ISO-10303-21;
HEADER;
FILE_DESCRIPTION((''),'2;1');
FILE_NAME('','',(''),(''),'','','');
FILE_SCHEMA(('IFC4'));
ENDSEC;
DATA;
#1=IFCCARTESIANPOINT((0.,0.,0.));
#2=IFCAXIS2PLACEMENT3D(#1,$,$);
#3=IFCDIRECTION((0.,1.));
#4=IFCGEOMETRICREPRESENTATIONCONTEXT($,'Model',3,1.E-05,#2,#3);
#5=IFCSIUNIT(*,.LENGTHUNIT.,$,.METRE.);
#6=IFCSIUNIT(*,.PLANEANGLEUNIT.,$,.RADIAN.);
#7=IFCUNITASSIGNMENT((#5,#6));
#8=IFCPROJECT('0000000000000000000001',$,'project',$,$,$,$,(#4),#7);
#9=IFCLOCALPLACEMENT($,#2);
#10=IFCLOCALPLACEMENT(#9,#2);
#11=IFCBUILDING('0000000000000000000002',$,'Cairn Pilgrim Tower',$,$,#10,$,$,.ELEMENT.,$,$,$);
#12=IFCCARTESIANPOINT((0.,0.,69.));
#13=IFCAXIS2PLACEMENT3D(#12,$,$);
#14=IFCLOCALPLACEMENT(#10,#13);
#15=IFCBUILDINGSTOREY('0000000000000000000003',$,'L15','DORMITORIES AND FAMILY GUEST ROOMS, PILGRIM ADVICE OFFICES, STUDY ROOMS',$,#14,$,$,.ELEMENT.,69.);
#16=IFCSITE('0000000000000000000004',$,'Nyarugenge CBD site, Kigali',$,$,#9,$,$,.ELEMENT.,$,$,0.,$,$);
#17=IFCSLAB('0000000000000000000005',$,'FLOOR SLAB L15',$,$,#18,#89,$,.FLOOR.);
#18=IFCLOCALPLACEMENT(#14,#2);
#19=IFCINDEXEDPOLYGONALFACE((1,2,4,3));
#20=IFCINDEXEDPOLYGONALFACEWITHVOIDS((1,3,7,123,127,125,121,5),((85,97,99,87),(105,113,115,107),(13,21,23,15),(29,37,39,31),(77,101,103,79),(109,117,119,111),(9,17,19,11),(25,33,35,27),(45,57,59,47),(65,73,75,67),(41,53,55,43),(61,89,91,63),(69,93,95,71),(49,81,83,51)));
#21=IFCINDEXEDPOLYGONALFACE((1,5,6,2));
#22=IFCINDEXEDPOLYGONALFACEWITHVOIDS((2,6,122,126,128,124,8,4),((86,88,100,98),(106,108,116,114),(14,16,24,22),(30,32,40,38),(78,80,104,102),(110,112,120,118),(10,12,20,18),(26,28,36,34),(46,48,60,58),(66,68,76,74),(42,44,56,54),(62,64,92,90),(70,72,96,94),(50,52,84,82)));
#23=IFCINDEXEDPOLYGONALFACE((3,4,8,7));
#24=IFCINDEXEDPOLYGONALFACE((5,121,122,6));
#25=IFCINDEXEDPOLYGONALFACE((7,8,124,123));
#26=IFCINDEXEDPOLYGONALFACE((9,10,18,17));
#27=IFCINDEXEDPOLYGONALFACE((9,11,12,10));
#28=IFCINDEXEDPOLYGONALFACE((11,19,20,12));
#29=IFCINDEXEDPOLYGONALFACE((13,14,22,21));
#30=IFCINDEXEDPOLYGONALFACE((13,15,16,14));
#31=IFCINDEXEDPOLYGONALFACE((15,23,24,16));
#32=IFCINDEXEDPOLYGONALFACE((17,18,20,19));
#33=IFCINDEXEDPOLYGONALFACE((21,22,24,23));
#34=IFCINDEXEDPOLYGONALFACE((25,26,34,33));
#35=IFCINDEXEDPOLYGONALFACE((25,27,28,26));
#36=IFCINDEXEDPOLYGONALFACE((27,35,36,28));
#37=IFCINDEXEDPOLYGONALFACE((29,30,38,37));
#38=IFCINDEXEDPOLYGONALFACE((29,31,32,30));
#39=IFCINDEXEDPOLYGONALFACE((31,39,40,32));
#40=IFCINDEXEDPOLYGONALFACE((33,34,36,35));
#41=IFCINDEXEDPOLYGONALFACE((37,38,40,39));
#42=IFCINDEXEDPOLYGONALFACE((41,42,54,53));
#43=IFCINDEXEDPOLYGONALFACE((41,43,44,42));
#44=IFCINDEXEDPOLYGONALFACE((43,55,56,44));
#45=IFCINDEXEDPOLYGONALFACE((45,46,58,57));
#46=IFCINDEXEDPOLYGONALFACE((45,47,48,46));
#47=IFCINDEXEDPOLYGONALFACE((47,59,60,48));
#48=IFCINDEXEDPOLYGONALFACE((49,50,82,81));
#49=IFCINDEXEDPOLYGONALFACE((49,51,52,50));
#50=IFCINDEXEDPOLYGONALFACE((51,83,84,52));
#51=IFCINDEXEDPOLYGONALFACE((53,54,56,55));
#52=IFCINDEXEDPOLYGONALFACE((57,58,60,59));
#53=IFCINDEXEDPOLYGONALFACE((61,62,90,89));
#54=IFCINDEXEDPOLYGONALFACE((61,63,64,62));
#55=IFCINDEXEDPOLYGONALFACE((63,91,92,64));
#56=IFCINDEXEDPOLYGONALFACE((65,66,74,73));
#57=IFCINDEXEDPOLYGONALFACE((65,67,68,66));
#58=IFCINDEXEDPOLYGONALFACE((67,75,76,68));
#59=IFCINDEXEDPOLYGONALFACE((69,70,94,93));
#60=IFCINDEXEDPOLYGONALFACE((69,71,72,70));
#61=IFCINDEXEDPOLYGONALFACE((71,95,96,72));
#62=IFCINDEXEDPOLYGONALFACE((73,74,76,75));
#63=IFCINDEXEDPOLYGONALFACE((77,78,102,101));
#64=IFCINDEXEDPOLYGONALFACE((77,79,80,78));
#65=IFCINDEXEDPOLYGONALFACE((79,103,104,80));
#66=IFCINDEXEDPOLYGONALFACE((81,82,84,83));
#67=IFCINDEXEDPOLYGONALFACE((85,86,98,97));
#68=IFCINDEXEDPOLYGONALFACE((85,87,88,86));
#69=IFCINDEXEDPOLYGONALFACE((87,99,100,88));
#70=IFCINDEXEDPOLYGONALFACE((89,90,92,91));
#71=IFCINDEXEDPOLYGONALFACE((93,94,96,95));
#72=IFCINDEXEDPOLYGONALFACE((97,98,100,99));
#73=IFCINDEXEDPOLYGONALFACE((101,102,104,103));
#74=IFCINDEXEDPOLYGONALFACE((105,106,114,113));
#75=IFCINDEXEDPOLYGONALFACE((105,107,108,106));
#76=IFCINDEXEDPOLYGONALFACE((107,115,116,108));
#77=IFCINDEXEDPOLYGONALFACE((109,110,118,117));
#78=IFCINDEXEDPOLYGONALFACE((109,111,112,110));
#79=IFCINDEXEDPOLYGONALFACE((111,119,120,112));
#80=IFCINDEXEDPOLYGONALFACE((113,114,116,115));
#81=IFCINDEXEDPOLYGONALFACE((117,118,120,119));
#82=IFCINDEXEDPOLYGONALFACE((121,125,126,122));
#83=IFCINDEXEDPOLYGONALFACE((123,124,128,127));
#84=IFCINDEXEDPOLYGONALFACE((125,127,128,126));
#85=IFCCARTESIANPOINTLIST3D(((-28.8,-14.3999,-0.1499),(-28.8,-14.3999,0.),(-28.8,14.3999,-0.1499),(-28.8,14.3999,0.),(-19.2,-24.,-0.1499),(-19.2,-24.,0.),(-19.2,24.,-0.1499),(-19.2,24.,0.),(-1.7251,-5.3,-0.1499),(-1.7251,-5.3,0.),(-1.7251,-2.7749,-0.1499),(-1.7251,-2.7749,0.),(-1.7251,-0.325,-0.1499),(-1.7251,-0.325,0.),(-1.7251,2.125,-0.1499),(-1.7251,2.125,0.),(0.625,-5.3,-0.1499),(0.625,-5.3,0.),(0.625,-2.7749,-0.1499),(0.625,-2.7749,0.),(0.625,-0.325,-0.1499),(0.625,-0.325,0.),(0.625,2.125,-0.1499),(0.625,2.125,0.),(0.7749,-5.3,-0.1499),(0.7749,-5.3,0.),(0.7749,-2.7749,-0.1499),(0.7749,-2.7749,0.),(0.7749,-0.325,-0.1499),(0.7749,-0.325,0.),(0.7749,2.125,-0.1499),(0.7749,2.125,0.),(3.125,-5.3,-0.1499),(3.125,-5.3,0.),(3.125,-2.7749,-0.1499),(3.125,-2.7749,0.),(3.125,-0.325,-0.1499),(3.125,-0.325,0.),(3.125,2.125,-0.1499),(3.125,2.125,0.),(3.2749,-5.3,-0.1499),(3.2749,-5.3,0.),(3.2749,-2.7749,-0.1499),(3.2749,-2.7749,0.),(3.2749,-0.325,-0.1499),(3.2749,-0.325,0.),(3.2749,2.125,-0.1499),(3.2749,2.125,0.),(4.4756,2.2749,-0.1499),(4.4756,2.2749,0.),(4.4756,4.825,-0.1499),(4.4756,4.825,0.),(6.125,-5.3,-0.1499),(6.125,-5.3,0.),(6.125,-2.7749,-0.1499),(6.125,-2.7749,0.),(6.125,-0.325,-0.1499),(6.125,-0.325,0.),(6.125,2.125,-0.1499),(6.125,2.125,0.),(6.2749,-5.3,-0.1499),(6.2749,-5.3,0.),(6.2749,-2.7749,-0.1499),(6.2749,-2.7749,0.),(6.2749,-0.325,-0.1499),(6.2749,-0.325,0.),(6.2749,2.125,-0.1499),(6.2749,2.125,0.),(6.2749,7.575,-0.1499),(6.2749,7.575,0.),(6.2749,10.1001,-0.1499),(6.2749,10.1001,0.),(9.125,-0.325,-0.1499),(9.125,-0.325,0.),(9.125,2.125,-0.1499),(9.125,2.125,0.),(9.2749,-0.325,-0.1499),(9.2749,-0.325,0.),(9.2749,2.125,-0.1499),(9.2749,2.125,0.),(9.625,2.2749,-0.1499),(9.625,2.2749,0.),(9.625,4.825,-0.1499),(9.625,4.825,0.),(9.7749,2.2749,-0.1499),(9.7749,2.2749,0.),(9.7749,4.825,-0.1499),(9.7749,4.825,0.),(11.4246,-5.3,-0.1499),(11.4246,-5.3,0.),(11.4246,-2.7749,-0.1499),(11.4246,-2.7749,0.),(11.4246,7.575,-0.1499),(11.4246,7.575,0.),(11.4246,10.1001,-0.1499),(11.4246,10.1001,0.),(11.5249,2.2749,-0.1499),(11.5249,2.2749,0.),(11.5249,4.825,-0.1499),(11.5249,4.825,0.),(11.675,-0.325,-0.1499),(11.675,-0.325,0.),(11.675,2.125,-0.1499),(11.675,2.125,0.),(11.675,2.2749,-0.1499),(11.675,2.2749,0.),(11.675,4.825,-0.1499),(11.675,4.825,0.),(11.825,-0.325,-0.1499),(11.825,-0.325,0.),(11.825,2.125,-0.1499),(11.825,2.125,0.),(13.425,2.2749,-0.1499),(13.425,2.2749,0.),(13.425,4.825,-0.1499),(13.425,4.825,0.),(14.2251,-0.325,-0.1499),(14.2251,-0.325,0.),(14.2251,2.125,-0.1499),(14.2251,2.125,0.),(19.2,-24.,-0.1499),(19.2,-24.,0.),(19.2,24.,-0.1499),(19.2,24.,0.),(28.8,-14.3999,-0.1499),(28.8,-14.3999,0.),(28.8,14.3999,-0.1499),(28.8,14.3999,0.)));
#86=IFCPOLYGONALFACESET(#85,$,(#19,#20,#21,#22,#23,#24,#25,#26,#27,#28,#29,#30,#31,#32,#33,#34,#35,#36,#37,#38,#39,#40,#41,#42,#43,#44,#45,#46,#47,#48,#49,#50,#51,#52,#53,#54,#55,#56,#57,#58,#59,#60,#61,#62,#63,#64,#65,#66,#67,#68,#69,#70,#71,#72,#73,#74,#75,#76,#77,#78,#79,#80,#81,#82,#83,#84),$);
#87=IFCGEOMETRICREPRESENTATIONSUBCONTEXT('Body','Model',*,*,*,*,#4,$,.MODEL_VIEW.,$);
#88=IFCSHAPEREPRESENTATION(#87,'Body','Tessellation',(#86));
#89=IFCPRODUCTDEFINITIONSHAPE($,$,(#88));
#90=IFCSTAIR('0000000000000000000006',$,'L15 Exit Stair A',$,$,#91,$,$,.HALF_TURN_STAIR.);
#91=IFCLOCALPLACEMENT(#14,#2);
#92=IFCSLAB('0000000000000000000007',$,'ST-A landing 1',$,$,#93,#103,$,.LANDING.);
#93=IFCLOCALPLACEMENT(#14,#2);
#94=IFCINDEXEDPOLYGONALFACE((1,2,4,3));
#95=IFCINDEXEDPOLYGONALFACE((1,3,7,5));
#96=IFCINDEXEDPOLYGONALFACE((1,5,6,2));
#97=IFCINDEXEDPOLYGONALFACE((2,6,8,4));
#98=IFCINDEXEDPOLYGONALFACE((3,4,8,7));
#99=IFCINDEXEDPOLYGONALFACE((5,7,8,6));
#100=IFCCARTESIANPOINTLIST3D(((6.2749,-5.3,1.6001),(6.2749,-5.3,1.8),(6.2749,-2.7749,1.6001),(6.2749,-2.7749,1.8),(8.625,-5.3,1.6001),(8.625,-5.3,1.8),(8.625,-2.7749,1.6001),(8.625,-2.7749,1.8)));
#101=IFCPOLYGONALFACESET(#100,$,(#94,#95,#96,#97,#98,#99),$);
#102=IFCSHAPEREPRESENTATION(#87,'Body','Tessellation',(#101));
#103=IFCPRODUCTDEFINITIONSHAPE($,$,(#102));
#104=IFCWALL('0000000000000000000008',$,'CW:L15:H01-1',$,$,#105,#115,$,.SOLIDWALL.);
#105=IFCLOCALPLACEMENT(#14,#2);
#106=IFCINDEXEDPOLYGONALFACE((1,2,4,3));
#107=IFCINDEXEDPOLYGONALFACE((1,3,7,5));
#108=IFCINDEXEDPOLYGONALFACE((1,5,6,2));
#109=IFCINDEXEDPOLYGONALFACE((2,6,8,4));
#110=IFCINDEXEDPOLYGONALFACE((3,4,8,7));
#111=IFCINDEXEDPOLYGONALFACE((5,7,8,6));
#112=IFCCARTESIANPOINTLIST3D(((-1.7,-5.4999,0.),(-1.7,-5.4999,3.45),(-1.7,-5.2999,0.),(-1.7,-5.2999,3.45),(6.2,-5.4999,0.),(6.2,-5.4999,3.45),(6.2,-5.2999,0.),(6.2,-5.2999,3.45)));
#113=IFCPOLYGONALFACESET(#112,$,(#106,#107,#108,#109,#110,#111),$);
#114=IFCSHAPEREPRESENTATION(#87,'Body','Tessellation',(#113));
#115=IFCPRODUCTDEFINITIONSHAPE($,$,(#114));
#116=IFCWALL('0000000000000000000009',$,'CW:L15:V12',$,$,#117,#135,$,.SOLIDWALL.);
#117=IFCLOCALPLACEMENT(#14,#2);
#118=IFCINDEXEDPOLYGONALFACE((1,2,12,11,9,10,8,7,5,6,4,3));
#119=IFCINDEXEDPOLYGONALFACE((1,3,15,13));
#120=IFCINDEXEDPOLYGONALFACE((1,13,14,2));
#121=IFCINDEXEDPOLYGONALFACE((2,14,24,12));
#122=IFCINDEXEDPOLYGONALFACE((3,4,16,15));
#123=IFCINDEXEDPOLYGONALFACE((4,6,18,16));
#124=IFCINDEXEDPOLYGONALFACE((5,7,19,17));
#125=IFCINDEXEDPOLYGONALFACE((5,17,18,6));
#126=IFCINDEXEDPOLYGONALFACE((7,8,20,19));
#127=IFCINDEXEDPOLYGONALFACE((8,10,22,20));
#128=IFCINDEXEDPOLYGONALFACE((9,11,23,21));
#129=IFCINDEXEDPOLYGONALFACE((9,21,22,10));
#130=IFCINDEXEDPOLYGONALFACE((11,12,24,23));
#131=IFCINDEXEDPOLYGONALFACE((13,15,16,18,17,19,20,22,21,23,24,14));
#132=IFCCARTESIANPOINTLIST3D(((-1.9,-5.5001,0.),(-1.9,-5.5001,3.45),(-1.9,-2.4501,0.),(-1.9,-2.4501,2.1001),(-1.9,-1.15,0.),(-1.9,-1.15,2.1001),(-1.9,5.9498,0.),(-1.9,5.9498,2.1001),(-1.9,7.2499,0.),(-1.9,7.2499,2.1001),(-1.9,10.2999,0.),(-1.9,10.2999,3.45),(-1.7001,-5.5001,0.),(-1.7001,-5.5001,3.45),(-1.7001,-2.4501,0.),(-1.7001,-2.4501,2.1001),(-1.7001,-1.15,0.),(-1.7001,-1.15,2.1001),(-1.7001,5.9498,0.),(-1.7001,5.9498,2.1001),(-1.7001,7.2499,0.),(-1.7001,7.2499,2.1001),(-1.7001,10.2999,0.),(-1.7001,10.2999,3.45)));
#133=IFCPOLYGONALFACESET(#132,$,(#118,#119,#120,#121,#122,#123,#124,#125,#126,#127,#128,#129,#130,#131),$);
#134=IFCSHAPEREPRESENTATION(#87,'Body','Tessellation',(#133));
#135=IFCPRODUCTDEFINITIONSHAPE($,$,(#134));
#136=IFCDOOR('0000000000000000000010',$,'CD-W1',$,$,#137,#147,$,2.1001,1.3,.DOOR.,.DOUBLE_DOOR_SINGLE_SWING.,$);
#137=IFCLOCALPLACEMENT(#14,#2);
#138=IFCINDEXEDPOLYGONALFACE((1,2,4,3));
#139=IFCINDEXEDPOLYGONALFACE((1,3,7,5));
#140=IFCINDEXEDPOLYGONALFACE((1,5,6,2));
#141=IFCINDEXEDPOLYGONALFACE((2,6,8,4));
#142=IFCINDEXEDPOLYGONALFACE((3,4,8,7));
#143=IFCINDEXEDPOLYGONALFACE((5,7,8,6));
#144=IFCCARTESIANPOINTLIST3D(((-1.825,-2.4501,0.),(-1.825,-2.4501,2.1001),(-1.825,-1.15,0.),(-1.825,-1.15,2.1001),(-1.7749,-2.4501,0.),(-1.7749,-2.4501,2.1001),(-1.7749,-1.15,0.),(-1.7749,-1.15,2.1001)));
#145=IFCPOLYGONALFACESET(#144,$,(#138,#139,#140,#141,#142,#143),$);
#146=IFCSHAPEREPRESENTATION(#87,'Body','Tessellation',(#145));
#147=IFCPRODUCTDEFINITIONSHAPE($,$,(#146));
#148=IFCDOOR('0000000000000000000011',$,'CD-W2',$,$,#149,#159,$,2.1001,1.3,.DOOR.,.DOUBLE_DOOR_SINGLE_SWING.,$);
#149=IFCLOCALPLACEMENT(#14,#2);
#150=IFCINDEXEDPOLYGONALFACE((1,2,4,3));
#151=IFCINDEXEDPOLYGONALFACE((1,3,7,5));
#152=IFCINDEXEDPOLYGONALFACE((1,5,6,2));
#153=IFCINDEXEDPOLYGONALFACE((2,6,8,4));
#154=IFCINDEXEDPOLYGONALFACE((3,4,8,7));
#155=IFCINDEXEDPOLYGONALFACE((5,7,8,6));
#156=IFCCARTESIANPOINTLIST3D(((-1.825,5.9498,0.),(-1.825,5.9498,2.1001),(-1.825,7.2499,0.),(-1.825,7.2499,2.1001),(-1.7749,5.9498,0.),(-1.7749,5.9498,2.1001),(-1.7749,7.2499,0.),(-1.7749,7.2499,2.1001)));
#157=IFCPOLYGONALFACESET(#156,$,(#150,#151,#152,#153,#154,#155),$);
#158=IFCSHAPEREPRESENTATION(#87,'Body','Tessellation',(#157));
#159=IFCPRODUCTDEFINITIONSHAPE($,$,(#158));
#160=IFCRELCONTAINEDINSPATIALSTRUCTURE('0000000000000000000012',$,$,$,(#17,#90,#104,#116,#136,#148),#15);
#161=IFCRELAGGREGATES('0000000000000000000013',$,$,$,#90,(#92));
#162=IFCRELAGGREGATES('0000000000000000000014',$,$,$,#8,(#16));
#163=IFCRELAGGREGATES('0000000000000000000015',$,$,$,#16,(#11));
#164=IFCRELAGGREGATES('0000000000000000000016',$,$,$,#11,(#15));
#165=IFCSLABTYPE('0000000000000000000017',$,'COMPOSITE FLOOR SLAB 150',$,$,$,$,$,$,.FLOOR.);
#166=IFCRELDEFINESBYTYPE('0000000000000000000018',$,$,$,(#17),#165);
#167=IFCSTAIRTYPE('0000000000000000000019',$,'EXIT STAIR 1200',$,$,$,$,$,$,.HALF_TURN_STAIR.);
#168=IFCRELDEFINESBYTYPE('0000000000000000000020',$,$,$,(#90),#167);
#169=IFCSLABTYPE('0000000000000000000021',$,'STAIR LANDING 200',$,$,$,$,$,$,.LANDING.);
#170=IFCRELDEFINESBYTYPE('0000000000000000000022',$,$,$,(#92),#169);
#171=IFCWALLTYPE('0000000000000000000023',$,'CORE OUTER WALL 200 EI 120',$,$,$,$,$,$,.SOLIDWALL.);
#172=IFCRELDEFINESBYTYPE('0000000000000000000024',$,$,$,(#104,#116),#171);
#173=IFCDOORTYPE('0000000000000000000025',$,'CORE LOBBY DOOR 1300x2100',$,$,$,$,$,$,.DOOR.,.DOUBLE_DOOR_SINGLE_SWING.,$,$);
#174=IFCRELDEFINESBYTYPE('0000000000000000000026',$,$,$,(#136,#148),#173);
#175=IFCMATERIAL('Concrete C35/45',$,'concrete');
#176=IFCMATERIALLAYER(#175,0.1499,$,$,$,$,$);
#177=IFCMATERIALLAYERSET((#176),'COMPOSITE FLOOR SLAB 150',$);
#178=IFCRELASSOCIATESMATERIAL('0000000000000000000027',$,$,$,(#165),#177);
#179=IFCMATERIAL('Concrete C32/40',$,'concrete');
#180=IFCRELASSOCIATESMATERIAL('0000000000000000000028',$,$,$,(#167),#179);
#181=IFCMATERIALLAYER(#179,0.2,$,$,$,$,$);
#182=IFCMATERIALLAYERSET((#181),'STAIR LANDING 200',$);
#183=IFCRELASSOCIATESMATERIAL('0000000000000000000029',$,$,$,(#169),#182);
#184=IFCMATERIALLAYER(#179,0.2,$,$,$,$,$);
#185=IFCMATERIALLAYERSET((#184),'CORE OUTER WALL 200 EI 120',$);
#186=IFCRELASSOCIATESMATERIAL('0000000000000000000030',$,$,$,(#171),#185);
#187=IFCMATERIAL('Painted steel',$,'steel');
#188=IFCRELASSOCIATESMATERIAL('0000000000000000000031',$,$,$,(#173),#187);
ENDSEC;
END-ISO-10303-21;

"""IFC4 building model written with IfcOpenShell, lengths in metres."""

from ifc_helpers import new_model, si_unit, direction, frame, frame_2d, origin, place, context, subcontext, project, spatial, polyline, rectangle, outline, extrude, material, layer, layer_set, type_object, element, fill, aggregate, save


model = new_model("IFC4")

# Units and contexts
model_context = context("Model", 3, precision=1e-05, world=origin(), true_north=direction((0.0, 1.0)))
body_context = subcontext(model_context, "Body", "Model", "MODEL_VIEW")
ifc_project = project(units=[si_unit("LENGTHUNIT", "METRE"), si_unit("PLANEANGLEUNIT", "RADIAN")], contexts=[model_context])

# Site, building, storey
site_placement = place(None, origin())
site = spatial("IfcSite", under=ifc_project, at=site_placement, Name="Nyarugenge CBD site, Kigali", CompositionType="ELEMENT", RefElevation=0.0)
building_placement = place(site_placement, origin())
building = spatial("IfcBuilding", under=site, at=building_placement, Name="Cairn Pilgrim Tower", CompositionType="ELEMENT")
storey_placement = place(building_placement, frame((0.0, 0.0, 69.0)))
storey = spatial("IfcBuildingStorey", under=building, at=storey_placement, Name="L15", Description="DORMITORIES AND FAMILY GUEST ROOMS, PILGRIM ADVICE OFFICES, STUDY ROOMS", CompositionType="ELEMENT", Elevation=69.0)

# Slab
ifc_material_1 = material(Name="Concrete C35/45", Category="concrete")
ifc_layer_1 = layer(ifc_material_1, 0.1499)
ifc_layer_set_1 = layer_set([ifc_layer_1], Name="COMPOSITE FLOOR SLAB 150")
slab_type_1 = type_object("IfcSlabType", Name="COMPOSITE FLOOR SLAB 150", PredefinedType="FLOOR", material=ifc_layer_set_1)
slab_1_placement = place(storey_placement, frame((0.0, 0.0, -0.1499)))
element("IfcSlab", 1, at=slab_1_placement, inside=storey, type_object=slab_type_1, Name="FLOOR SLAB L15", PredefinedType="FLOOR", context=body_context, shape_type="SweptSolid", body=[
    extrude(outline(polyline([(-19.2, -24.0), (19.2, -24.0), (28.8, -14.3999), (28.8, 14.3999), (19.2, 24.0), (-19.2, 24.0), (-28.8, 14.3999), (-28.8, -14.3999), (-19.2, -24.0)]), holes=[polyline([(-1.7251, -5.3), (0.625, -5.3), (0.625, -2.7749), (-1.7251, -2.7749), (-1.7251, -5.3)]), polyline([(0.7749, -5.3), (3.125, -5.3), (3.125, -2.7749), (0.7749, -2.7749), (0.7749, -5.3)]), polyline([(-1.7251, -0.325), (0.625, -0.325), (0.625, 2.125), (-1.7251, 2.125), (-1.7251, -0.325)]), polyline([(0.7749, -0.325), (3.125, -0.325), (3.125, 2.125), (0.7749, 2.125), (0.7749, -0.325)]), polyline([(3.2749, -5.3), (6.125, -5.3), (6.125, -2.7749), (3.2749, -2.7749), (3.2749, -5.3)]), polyline([(3.2749, -0.325), (6.125, -0.325), (6.125, 2.125), (3.2749, 2.125), (3.2749, -0.325)]), polyline([(6.2749, -0.325), (9.125, -0.325), (9.125, 2.125), (6.2749, 2.125), (6.2749, -0.325)]), polyline([(9.2749, -0.325), (11.675, -0.325), (11.675, 2.125), (9.2749, 2.125), (9.2749, -0.325)]), polyline([(11.825, -0.325), (14.2251, -0.325), (14.2251, 2.125), (11.825, 2.125), (11.825, -0.325)]), polyline([(9.7749, 2.2749), (11.5249, 2.2749), (11.5249, 4.825), (9.7749, 4.825), (9.7749, 2.2749)]), polyline([(11.675, 2.2749), (13.425, 2.2749), (13.425, 4.825), (11.675, 4.825), (11.675, 2.2749)]), polyline([(11.4246, -2.7749), (6.2749, -2.7749), (6.2749, -5.3), (11.4246, -5.3), (11.4246, -2.7749)]), polyline([(4.4756, 2.2749), (9.625, 2.2749), (9.625, 4.825), (4.4756, 4.825), (4.4756, 2.2749)]), polyline([(11.4246, 10.1001), (6.2749, 10.1001), (6.2749, 7.575), (11.4246, 7.575), (11.4246, 10.1001)])]), origin(), (0.0, 0.0, 1.0), 0.1499),
])

# Stair, slab
ifc_material_2 = material(Name="Concrete C32/40", Category="concrete")
stair_type = type_object("IfcStairType", Name="EXIT STAIR 1200", PredefinedType="HALF_TURN_STAIR", material=ifc_material_2)
stair_placement = place(storey_placement, origin())
stair = element("IfcStair", 2, at=stair_placement, inside=storey, type_object=stair_type, Name="L15 Exit Stair A", PredefinedType="HALF_TURN_STAIR")
ifc_layer_2 = layer(ifc_material_2, 0.2)
ifc_layer_set_2 = layer_set([ifc_layer_2], Name="STAIR LANDING 200")
slab_type_2 = type_object("IfcSlabType", Name="STAIR LANDING 200", PredefinedType="LANDING", material=ifc_layer_set_2)
slab_2_placement = place(storey_placement, frame((0.0, 0.0, 1.6001)))
slab_2 = element("IfcSlab", 3, at=slab_2_placement, type_object=slab_type_2, Name="ST-A landing 1", PredefinedType="LANDING", context=body_context, shape_type="SweptSolid", body=[
    extrude(outline(polyline([(8.625, -2.7749), (6.2749, -2.7749), (6.2749, -5.3), (8.625, -5.3), (8.625, -2.7749)])), origin(), (0.0, 0.0, 1.0), 0.2),
])
aggregate(stair, [slab_2])

# Wall
ifc_layer_3 = layer(ifc_material_2, 0.2)
ifc_layer_set_3 = layer_set([ifc_layer_3], Name="CORE OUTER WALL 200 EI 120")
wall_type_1 = type_object("IfcWallType", Name="CORE OUTER WALL 200 EI 120", PredefinedType="SOLIDWALL", material=ifc_layer_set_3)
wall_1_placement = place(storey_placement, frame((-1.7, -5.3999, 0.0), z_axis=(0.0, 0.0, 1.0), x_axis=(1.0, 0.0, 0.0)))
element("IfcWall", 4, at=wall_1_placement, inside=storey, type_object=wall_type_1, Name="CW:L15:H01-1", PredefinedType="SOLIDWALL", context=body_context, shape_type="SweptSolid", body=[
    extrude(rectangle(XDim=7.8999, YDim=0.2, at=frame_2d((3.95, 0.0))), origin(), (0.0, 0.0, 1.0), 3.45),
])

# Wall, openings, doors
wall_2_placement = place(storey_placement, frame((-1.8, -5.5, 0.0), z_axis=(0.0, 0.0, 1.0), x_axis=(0.0, 1.0, 0.0)))
wall_2 = element("IfcWall", 5, at=wall_2_placement, inside=storey, type_object=wall_type_1, Name="CW:L15:V12", PredefinedType="SOLIDWALL", context=body_context, shape_type="SweptSolid", body=[
    extrude(rectangle(XDim=15.8, YDim=0.2, at=frame_2d((7.8999, 0.0))), origin(), (0.0, 0.0, 1.0), 3.45),
])
opening_1_placement = place(wall_2_placement, frame((3.05, 0.0, 0.0)))
opening_1 = element("IfcOpeningElement", 6, at=opening_1_placement, cuts=wall_2, PredefinedType="OPENING", context=body_context, shape_type="SweptSolid", body=[
    extrude(rectangle(XDim=1.3, YDim=2.1001, at=frame_2d((0.6499, 1.05))), frame((0.0, 0.1099, 0.0), z_axis=(0.0, -1.0, 0.0), x_axis=(1.0, 0.0, 0.0)), (0.0, 0.0, 1.0), 0.22),
])
opening_2_placement = place(wall_2_placement, frame((11.45, 0.0, 0.0)))
opening_2 = element("IfcOpeningElement", 7, at=opening_2_placement, cuts=wall_2, PredefinedType="OPENING", context=body_context, shape_type="SweptSolid", body=[
    extrude(rectangle(XDim=1.3, YDim=2.1001, at=frame_2d((0.6499, 1.05))), frame((0.0, 0.1099, 0.0), z_axis=(0.0, -1.0, 0.0), x_axis=(1.0, 0.0, 0.0)), (0.0, 0.0, 1.0), 0.22),
])
ifc_material_3 = material(Name="Painted steel", Category="steel")
door_type_1 = type_object("IfcDoorType", Name="CORE LOBBY DOOR 1300x2100", OperationType="DOUBLE_DOOR_SINGLE_SWING", PredefinedType="DOOR", material=ifc_material_3)
door_1_placement = place(opening_1_placement, origin())
door_1 = element("IfcDoor", 8, at=door_1_placement, inside=storey, type_object=door_type_1, Name="CD-W1", OperationType="DOUBLE_DOOR_SINGLE_SWING", OverallHeight=2.1001, OverallWidth=1.3, PredefinedType="DOOR", context=body_context, shape_type="SweptSolid", body=[
    extrude(rectangle(XDim=1.3, YDim=2.1001, at=frame_2d((0.6499, 1.05))), frame((0.0, 0.0249, 0.0), z_axis=(0.0, -1.0, 0.0), x_axis=(1.0, 0.0, 0.0)), (0.0, 0.0, 1.0), 0.05),
])
fill(opening_1, door_1)
door_2_placement = place(opening_2_placement, origin())
door_2 = element("IfcDoor", 9, at=door_2_placement, inside=storey, type_object=door_type_1, Name="CD-W2", OperationType="DOUBLE_DOOR_SINGLE_SWING", OverallHeight=2.1001, OverallWidth=1.3, PredefinedType="DOOR", context=body_context, shape_type="SweptSolid", body=[
    extrude(rectangle(XDim=1.3, YDim=2.1001, at=frame_2d((0.6499, 1.05))), frame((0.0, 0.0249, 0.0), z_axis=(0.0, -1.0, 0.0), x_axis=(1.0, 0.0, 0.0)), (0.0, 0.0, 1.0), 0.05),
])
fill(opening_2, door_2)

save(model, "model.ifc")
